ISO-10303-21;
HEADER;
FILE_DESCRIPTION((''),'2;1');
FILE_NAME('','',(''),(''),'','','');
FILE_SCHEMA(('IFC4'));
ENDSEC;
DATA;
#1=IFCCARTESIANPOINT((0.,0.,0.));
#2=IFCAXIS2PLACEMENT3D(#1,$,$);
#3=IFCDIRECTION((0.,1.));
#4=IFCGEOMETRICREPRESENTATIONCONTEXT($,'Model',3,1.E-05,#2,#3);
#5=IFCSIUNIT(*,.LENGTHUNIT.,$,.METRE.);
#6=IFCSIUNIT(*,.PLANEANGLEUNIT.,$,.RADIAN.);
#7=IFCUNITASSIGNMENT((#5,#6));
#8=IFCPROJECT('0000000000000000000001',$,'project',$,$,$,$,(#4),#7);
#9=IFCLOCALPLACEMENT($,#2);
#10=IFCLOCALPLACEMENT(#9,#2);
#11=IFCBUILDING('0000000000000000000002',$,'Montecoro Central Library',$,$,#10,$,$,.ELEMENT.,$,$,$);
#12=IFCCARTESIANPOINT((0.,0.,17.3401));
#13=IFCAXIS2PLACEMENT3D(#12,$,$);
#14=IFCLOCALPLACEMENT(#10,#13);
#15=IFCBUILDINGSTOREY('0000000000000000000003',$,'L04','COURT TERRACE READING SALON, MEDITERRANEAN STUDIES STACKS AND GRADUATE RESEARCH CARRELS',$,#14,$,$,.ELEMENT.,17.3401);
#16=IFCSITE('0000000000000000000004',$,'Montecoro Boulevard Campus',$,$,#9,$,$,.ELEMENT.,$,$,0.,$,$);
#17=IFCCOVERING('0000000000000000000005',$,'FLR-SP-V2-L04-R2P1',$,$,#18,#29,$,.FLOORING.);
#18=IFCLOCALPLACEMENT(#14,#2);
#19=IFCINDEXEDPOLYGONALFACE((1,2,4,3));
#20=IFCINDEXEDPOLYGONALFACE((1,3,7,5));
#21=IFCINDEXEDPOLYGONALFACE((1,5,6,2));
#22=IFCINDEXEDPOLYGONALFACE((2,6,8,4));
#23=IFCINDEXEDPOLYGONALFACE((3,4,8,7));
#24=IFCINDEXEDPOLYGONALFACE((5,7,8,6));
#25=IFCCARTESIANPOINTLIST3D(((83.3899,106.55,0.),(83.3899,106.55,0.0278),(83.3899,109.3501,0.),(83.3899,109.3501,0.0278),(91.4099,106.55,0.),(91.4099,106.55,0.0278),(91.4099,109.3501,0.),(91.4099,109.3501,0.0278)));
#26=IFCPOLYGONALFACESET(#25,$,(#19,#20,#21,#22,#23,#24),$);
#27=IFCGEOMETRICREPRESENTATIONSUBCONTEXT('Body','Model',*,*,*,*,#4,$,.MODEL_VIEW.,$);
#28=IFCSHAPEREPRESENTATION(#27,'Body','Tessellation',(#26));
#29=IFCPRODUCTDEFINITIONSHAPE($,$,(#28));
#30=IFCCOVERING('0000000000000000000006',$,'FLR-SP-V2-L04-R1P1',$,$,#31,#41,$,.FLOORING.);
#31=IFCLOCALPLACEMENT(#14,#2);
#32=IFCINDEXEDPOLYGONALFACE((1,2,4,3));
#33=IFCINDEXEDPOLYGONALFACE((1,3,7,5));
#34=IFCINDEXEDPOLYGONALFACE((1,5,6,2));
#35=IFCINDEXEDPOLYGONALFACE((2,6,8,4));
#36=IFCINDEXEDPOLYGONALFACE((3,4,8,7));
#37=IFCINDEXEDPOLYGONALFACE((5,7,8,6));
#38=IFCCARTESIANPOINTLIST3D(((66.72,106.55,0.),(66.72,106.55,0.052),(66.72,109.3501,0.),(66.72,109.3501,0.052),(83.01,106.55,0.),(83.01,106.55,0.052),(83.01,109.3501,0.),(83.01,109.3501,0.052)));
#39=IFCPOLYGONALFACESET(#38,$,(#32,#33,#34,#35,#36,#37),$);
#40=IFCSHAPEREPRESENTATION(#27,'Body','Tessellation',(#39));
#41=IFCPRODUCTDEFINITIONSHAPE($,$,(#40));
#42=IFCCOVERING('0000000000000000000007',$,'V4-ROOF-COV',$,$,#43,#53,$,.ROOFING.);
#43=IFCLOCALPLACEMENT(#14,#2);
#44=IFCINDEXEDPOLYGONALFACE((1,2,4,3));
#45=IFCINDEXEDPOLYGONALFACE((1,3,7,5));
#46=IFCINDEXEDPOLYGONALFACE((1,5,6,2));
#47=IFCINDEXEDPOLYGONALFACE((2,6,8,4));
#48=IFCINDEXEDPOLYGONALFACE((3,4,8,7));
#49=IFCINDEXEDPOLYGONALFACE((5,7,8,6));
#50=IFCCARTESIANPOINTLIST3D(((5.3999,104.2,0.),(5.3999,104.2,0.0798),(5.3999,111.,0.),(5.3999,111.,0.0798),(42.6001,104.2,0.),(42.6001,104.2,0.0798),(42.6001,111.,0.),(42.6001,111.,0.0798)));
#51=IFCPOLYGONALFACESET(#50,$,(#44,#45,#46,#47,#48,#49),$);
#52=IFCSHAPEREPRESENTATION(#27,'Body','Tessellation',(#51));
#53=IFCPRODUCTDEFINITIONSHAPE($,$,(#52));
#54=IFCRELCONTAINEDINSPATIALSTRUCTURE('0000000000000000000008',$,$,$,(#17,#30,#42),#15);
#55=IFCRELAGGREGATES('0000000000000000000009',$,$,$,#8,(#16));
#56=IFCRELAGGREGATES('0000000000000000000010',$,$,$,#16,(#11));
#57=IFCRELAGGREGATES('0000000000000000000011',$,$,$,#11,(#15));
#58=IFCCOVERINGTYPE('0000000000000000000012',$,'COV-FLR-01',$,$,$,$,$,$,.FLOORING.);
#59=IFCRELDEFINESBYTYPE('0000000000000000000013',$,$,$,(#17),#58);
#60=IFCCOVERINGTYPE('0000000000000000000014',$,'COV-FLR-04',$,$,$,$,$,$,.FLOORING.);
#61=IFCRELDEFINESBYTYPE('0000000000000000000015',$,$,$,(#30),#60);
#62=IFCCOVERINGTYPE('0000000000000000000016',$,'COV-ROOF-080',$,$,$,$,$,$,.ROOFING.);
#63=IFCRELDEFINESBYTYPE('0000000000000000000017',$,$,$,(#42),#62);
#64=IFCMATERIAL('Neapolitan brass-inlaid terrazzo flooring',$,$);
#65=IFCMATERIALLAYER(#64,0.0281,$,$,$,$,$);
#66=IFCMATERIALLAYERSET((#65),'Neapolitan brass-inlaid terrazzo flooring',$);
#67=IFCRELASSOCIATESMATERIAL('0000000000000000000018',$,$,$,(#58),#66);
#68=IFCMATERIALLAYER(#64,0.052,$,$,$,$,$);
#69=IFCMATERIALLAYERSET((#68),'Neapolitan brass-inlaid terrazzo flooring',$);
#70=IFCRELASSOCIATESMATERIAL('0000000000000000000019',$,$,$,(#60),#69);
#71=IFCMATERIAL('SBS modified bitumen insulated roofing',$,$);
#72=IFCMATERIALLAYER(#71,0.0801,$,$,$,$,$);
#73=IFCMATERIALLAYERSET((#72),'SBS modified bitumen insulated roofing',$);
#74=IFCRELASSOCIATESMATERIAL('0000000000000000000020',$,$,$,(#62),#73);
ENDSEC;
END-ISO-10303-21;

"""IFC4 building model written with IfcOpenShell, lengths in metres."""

from ifc_helpers import new_model, si_unit, direction, frame, origin, place, context, subcontext, project, spatial, polyline, outline, extrude, material, layer, layer_set, type_object, element, save


model = new_model("IFC4")

# Units and contexts
model_context = context("Model", 3, precision=1e-05, world=origin(), true_north=direction((0.0, 1.0)))
body_context = subcontext(model_context, "Body", "Model", "MODEL_VIEW")
ifc_project = project(units=[si_unit("LENGTHUNIT", "METRE"), si_unit("PLANEANGLEUNIT", "RADIAN")], contexts=[model_context])

# Site, building, storey
site_placement = place(None, origin())
site = spatial("IfcSite", under=ifc_project, at=site_placement, Name="Montecoro Boulevard Campus", CompositionType="ELEMENT", RefElevation=0.0)
building_placement = place(site_placement, origin())
building = spatial("IfcBuilding", under=site, at=building_placement, Name="Montecoro Central Library", CompositionType="ELEMENT")
storey_placement = place(building_placement, frame((0.0, 0.0, 17.3401)))
storey = spatial("IfcBuildingStorey", under=building, at=storey_placement, Name="L04", Description="COURT TERRACE READING SALON, MEDITERRANEAN STUDIES STACKS AND GRADUATE RESEARCH CARRELS", CompositionType="ELEMENT", Elevation=17.3401)

# Coverings
ifc_material_1 = material(Name="Neapolitan brass-inlaid terrazzo flooring")
ifc_layer_1 = layer(ifc_material_1, 0.0281)
ifc_layer_set_1 = layer_set([ifc_layer_1], Name="Neapolitan brass-inlaid terrazzo flooring")
covering_type_1 = type_object("IfcCoveringType", Name="COV-FLR-01", PredefinedType="FLOORING", material=ifc_layer_set_1)
covering_1_placement = place(storey_placement, origin())
element("IfcCovering", 1, at=covering_1_placement, inside=storey, type_object=covering_type_1, Name="FLR-SP-V2-L04-R2P1", PredefinedType="FLOORING", context=body_context, shape_type="SweptSolid", body=[
    extrude(outline(polyline([(83.3899, 106.55), (91.4099, 106.55), (91.4099, 109.3501), (83.3899, 109.3501), (83.3899, 106.55)])), origin(), (0.0, 0.0, 1.0), 0.0278),
])
ifc_layer_2 = layer(ifc_material_1, 0.052)
ifc_layer_set_2 = layer_set([ifc_layer_2], Name="Neapolitan brass-inlaid terrazzo flooring")
covering_type_2 = type_object("IfcCoveringType", Name="COV-FLR-04", PredefinedType="FLOORING", material=ifc_layer_set_2)
covering_2_placement = place(storey_placement, origin())
element("IfcCovering", 2, at=covering_2_placement, inside=storey, type_object=covering_type_2, Name="FLR-SP-V2-L04-R1P1", PredefinedType="FLOORING", context=body_context, shape_type="SweptSolid", body=[
    extrude(outline(polyline([(66.72, 106.55), (83.01, 106.55), (83.01, 109.3501), (66.72, 109.3501), (66.72, 106.55)])), origin(), (0.0, 0.0, 1.0), 0.052),
])
ifc_material_2 = material(Name="SBS modified bitumen insulated roofing")
ifc_layer_3 = layer(ifc_material_2, 0.0801)
ifc_layer_set_3 = layer_set([ifc_layer_3], Name="SBS modified bitumen insulated roofing")
covering_type_3 = type_object("IfcCoveringType", Name="COV-ROOF-080", PredefinedType="ROOFING", material=ifc_layer_set_3)
covering_3_placement = place(storey_placement, origin())
element("IfcCovering", 3, at=covering_3_placement, inside=storey, type_object=covering_type_3, Name="V4-ROOF-COV", PredefinedType="ROOFING", context=body_context, shape_type="SweptSolid", body=[
    extrude(outline(polyline([(5.3999, 104.2), (42.6001, 104.2), (42.6001, 111.0), (5.3999, 111.0), (5.3999, 104.2)])), origin(), (0.0, 0.0, 1.0), 0.0798),
])

save(model, "model.ifc")
